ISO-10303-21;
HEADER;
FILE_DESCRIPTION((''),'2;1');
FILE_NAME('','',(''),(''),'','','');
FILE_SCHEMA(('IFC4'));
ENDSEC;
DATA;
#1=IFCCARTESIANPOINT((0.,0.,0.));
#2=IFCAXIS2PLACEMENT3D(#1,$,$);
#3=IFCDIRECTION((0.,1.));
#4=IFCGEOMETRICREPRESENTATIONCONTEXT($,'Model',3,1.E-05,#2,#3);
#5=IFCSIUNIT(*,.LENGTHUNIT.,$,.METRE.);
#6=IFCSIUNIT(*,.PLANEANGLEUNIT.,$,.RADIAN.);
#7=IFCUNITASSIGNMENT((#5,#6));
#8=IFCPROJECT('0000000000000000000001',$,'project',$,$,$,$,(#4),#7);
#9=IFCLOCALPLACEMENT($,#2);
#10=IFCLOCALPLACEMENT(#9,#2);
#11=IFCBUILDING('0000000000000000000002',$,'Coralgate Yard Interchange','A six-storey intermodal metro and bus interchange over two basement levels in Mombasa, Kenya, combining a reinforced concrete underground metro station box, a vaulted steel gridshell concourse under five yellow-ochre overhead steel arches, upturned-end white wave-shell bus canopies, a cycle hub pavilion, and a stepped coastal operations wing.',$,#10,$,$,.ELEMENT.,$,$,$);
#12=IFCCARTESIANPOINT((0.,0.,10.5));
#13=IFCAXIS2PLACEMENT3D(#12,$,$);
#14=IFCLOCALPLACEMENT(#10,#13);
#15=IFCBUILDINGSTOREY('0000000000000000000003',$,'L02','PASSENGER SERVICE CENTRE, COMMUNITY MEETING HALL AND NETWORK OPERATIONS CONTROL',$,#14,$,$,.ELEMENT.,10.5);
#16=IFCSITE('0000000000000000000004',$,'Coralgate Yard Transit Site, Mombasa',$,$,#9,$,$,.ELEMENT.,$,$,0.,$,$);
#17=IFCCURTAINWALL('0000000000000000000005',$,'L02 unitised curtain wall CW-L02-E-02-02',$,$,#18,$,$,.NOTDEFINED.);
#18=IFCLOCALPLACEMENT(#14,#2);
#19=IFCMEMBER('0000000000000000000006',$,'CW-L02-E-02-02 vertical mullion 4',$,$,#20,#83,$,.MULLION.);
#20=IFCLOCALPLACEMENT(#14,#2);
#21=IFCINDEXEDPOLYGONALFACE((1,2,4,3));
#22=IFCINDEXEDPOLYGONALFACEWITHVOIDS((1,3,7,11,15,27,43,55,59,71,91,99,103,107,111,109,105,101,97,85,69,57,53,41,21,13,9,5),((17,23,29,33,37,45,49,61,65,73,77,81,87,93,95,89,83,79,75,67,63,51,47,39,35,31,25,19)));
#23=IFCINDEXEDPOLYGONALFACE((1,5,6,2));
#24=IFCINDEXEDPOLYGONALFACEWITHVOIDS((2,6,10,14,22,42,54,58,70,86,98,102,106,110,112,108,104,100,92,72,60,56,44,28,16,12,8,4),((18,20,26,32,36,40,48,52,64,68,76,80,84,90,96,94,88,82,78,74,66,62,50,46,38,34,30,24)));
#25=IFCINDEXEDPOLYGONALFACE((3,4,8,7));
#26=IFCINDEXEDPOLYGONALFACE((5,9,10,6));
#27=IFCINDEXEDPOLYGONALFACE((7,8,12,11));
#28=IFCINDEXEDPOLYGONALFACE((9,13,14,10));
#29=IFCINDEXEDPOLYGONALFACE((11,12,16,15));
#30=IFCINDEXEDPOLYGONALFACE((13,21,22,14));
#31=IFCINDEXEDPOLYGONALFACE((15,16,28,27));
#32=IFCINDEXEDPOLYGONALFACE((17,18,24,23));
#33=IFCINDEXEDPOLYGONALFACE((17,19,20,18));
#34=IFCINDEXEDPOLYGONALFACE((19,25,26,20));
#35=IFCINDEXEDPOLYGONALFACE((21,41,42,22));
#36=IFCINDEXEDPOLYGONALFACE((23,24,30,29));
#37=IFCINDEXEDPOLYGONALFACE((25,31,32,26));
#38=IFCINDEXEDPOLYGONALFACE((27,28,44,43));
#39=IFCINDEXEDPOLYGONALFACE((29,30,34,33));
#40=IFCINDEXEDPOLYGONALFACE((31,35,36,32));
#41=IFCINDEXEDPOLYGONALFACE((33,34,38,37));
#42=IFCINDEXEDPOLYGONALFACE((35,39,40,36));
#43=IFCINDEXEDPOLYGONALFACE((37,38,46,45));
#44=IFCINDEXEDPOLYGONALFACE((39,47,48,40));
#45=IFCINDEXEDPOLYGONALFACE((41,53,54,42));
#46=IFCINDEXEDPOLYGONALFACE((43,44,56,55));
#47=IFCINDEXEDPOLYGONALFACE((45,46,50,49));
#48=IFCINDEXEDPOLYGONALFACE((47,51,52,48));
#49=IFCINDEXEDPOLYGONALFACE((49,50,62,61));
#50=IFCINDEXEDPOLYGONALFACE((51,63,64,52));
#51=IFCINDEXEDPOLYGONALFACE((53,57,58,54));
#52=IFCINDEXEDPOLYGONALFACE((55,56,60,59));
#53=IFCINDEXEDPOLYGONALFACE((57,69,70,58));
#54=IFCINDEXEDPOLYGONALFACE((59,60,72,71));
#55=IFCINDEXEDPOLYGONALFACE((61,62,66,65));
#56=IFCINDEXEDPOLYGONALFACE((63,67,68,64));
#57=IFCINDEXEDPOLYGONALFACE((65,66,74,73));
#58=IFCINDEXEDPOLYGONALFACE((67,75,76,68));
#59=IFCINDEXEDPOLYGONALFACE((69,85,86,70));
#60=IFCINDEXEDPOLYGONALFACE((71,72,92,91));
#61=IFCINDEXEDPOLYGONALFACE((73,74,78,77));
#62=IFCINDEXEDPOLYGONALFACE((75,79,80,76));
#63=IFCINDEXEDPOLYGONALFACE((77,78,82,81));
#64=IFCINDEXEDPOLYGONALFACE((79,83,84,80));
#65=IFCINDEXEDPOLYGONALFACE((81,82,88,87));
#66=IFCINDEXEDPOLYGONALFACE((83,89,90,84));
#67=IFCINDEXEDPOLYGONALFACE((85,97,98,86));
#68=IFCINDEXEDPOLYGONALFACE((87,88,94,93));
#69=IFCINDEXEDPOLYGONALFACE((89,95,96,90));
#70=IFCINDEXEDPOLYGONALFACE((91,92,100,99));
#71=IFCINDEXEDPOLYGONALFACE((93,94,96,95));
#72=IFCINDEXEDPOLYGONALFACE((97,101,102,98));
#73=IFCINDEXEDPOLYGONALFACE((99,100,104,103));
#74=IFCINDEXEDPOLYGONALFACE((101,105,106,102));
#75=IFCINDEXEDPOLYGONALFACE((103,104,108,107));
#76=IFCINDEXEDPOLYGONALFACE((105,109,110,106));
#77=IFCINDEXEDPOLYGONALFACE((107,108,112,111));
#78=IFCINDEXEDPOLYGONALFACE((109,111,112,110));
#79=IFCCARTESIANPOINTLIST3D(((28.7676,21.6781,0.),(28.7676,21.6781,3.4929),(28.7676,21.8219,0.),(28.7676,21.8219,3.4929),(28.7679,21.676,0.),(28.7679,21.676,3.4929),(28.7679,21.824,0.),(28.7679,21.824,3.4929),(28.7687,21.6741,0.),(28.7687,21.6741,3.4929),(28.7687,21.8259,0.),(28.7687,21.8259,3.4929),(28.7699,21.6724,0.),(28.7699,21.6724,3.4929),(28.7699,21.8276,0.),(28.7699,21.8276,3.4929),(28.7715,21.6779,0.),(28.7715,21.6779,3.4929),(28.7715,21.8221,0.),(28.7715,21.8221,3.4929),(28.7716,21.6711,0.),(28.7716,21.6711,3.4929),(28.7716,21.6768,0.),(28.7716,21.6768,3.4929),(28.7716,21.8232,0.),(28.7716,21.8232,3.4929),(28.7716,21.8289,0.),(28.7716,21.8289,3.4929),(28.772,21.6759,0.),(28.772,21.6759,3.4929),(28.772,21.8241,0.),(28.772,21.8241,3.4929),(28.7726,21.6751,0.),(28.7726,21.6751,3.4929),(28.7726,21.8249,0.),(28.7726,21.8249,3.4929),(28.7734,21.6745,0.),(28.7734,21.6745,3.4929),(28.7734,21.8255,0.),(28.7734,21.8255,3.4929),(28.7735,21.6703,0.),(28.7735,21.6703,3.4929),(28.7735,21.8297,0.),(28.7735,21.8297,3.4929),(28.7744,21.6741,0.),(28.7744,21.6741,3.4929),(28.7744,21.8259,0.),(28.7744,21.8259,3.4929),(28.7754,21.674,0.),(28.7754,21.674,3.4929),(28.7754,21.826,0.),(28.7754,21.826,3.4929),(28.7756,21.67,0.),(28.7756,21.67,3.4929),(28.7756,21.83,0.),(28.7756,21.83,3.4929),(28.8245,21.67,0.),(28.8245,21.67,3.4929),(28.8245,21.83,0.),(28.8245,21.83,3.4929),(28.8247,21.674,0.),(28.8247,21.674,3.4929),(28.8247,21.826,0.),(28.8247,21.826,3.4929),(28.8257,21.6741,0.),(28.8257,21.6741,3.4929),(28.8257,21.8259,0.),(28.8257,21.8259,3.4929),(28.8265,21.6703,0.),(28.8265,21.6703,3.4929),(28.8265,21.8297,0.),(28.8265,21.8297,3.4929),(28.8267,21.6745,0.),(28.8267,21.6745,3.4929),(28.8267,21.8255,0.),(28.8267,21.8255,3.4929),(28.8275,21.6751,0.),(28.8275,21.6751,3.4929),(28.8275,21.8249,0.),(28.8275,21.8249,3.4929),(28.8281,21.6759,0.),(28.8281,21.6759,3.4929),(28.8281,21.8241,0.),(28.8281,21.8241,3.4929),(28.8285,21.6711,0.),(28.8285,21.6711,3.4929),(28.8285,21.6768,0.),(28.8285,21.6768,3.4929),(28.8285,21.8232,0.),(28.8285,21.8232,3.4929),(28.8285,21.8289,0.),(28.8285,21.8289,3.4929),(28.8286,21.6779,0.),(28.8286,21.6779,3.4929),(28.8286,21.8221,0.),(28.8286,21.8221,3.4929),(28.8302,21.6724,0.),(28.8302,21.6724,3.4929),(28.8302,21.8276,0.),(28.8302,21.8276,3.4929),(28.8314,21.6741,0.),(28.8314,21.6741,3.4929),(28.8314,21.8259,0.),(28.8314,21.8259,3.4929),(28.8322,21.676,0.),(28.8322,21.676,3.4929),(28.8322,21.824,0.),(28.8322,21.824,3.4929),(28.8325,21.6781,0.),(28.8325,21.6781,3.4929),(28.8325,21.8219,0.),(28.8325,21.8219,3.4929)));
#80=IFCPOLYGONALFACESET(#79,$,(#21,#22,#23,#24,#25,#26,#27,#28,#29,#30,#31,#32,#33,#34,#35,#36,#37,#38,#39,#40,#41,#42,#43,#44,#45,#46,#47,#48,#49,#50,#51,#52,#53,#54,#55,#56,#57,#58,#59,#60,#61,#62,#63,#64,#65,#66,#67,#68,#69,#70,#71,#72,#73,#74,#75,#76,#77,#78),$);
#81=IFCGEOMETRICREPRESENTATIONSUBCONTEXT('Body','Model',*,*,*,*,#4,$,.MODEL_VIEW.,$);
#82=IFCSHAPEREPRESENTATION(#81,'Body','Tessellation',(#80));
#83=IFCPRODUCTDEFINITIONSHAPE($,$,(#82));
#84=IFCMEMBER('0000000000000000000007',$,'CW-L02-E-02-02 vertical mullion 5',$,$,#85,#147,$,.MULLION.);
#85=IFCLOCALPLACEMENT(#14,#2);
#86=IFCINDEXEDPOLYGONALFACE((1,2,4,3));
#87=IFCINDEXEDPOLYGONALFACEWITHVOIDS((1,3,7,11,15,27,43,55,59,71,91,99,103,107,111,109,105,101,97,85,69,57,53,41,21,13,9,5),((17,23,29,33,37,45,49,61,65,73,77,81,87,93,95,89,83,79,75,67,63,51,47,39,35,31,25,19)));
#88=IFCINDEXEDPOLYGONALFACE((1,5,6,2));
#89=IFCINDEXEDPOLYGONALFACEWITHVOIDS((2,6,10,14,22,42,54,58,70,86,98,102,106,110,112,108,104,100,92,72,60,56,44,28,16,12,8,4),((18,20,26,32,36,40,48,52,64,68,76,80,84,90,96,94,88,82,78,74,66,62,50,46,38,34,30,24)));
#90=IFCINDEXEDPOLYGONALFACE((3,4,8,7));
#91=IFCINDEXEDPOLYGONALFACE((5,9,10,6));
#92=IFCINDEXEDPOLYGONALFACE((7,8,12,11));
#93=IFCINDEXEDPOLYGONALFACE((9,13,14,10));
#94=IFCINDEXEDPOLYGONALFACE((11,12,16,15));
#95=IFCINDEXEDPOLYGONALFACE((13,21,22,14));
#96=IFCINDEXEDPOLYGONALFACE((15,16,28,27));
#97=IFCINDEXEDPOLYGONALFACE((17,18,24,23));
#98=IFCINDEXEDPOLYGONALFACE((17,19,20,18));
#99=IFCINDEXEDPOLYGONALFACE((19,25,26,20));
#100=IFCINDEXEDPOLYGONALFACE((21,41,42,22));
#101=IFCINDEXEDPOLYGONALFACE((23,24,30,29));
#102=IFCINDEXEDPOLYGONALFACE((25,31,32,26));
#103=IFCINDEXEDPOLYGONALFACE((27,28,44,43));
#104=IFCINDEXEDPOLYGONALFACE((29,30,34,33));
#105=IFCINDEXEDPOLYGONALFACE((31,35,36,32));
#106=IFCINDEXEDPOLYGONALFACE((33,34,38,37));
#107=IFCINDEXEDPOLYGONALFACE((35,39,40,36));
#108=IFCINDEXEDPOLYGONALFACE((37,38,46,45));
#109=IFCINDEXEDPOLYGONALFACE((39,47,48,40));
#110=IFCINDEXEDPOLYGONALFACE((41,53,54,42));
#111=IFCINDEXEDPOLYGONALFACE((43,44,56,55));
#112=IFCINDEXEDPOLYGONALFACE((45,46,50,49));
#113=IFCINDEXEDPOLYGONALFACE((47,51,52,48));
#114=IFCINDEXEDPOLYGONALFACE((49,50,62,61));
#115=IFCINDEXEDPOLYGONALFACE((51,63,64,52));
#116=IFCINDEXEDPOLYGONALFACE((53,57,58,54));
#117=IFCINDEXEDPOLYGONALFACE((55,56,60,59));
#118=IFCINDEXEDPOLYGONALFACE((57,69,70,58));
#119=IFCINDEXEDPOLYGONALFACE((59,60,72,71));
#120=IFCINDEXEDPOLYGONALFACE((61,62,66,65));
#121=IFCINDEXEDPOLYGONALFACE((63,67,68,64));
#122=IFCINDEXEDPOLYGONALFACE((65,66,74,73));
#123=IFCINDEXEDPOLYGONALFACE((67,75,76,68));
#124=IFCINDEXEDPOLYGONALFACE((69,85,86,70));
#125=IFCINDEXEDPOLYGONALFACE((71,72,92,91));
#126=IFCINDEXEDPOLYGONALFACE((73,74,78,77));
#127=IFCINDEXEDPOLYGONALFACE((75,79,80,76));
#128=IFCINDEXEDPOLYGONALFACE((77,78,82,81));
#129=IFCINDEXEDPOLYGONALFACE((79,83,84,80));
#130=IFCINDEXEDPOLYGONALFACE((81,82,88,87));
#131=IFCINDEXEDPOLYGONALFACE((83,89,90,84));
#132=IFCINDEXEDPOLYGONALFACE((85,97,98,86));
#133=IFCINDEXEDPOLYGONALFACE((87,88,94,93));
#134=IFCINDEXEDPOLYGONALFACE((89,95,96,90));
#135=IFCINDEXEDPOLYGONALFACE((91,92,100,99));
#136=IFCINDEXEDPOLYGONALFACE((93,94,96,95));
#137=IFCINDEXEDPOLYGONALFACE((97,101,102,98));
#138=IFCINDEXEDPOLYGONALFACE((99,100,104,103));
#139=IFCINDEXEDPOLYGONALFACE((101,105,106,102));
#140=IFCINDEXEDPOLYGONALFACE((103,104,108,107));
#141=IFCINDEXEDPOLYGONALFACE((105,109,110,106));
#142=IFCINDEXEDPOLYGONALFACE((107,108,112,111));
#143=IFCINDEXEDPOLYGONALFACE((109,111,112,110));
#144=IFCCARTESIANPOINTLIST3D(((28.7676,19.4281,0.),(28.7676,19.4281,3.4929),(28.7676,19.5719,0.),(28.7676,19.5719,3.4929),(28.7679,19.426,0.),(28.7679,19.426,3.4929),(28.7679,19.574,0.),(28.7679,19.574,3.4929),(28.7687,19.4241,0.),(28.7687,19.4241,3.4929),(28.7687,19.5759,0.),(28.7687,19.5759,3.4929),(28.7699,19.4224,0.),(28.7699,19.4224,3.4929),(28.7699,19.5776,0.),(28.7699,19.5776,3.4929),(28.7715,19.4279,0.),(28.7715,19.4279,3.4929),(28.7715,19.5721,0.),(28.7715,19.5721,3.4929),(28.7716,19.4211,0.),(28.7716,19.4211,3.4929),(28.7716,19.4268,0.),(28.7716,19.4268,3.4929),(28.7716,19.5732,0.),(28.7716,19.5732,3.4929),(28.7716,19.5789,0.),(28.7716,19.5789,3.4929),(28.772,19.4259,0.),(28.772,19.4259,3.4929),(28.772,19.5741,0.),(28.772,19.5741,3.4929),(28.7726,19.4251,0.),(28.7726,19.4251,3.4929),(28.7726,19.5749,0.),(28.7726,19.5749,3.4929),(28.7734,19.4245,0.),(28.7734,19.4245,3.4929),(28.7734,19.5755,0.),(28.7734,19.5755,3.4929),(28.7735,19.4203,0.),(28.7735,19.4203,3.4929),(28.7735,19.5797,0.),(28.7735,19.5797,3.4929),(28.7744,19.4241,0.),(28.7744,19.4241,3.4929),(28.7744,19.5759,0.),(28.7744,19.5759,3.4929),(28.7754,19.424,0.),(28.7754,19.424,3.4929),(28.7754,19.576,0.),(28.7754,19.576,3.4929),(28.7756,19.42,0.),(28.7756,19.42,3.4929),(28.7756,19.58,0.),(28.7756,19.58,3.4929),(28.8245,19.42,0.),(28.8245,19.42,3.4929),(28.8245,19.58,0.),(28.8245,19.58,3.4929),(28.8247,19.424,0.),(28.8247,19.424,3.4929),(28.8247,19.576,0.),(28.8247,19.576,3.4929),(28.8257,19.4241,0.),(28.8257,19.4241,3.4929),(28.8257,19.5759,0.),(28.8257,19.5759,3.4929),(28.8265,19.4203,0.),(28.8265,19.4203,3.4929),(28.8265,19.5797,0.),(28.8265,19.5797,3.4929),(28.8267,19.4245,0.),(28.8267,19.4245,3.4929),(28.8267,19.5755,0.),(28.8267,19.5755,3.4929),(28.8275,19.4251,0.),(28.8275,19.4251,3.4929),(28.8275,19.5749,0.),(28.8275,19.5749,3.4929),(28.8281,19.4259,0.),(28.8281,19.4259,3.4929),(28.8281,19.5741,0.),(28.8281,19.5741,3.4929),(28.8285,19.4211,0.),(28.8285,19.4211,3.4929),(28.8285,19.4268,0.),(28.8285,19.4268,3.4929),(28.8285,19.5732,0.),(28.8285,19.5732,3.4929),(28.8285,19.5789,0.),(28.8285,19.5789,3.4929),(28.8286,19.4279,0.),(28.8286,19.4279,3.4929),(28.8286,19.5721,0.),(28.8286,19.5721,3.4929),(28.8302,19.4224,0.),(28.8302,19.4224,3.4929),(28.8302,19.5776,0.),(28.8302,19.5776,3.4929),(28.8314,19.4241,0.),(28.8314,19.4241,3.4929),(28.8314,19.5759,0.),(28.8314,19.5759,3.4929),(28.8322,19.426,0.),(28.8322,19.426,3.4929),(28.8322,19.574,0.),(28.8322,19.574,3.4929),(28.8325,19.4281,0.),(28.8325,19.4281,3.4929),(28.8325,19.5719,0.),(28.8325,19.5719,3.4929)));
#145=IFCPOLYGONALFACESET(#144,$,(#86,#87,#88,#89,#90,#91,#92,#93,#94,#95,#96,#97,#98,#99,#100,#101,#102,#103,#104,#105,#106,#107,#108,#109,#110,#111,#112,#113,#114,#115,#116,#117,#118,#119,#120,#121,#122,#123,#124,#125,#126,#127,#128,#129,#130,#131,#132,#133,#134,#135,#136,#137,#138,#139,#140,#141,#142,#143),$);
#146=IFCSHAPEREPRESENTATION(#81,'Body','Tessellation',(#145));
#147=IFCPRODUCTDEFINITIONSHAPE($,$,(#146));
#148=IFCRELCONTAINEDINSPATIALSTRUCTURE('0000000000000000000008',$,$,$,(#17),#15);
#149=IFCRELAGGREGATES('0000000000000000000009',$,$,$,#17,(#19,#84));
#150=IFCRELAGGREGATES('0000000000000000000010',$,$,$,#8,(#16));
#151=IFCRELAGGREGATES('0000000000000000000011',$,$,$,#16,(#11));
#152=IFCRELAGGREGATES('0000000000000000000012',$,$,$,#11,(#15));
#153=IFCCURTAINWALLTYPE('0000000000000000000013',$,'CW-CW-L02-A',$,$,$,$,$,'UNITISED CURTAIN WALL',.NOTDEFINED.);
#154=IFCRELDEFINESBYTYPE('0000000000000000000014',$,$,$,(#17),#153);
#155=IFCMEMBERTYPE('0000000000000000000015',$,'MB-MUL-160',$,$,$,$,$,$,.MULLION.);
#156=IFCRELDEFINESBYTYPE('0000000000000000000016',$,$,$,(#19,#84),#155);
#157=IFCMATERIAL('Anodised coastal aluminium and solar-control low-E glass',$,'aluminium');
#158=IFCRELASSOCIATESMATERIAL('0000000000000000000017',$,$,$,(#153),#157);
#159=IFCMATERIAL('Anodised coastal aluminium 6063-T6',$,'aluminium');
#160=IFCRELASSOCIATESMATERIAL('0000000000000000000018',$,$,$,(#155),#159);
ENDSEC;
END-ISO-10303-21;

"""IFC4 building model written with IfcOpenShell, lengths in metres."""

from ifc_helpers import new_model, si_unit, direction, frame, origin, origin_2d, place, context, subcontext, project, spatial, hollow_rectangle, extrude, material, material_profile, profile_set, type_object, element, aggregate, save


model = new_model("IFC4")

# Units and contexts
model_context = context("Model", 3, precision=1e-05, world=origin(), true_north=direction((0.0, 1.0)))
body_context = subcontext(model_context, "Body", "Model", "MODEL_VIEW")
ifc_project = project(units=[si_unit("LENGTHUNIT", "METRE"), si_unit("PLANEANGLEUNIT", "RADIAN")], contexts=[model_context])

# Site, building, storey
site_placement = place(None, origin())
site = spatial("IfcSite", under=ifc_project, at=site_placement, Name="Coralgate Yard Transit Site, Mombasa", CompositionType="ELEMENT", RefElevation=0.0)
building_placement = place(site_placement, origin())
building = spatial("IfcBuilding", under=site, at=building_placement, Name="Coralgate Yard Interchange", Description="A six-storey intermodal metro and bus interchange over two basement levels in Mombasa, Kenya, combining a reinforced concrete underground metro station box, a vaulted steel gridshell concourse under five yellow-ochre overhead steel arches, upturned-end white wave-shell bus canopies, a cycle hub pavilion, and a stepped coastal operations wing.", CompositionType="ELEMENT")
storey_placement = place(building_placement, frame((0.0, 0.0, 10.5)))
storey = spatial("IfcBuildingStorey", under=building, at=storey_placement, Name="L02", Description="PASSENGER SERVICE CENTRE, COMMUNITY MEETING HALL AND NETWORK OPERATIONS CONTROL", CompositionType="ELEMENT", Elevation=10.5)

# Curtain wall, members
ifc_material_1 = material(Name="Anodised coastal aluminium and solar-control low-E glass", Category="aluminium")
curtain_wall_type = type_object("IfcCurtainWallType", Name="CW-CW-L02-A", ElementType="UNITISED CURTAIN WALL", PredefinedType="NOTDEFINED", material=ifc_material_1)
curtain_wall_placement = place(storey_placement, origin())
curtain_wall = element("IfcCurtainWall", 1, at=curtain_wall_placement, inside=storey, type_object=curtain_wall_type, Name="L02 unitised curtain wall CW-L02-E-02-02", PredefinedType="NOTDEFINED")
ifc_material_2 = material(Name="Anodised coastal aluminium 6063-T6", Category="aluminium")
ifc_material_profile_1 = material_profile(ifc_material_2, hollow_rectangle(XDim=0.0649, YDim=0.1599, WallThickness=0.0039, InnerFilletRadius=0.0039, OuterFilletRadius=0.0081, at=origin_2d()), Name="ALU 65x160x4")
ifc_profile_set_1 = profile_set([ifc_material_profile_1], Name="Anodised coastal aluminium 6063-T6")
member_type_1 = type_object("IfcMemberType", Name="MB-MUL-160", PredefinedType="MULLION", material=ifc_profile_set_1)
member_1_placement = place(storey_placement, frame((28.8, 21.75, 0.0), z_axis=(0.0, 0.0, 1.0), x_axis=(1.0, 0.0, 0.0)))
member_1 = element("IfcMember", 2, at=member_1_placement, type_object=member_type_1, Name="CW-L02-E-02-02 vertical mullion 4", PredefinedType="MULLION", context=body_context, shape_type="SweptSolid", body=[
    extrude(hollow_rectangle(XDim=0.0649, YDim=0.1599, WallThickness=0.0039, InnerFilletRadius=0.0039, OuterFilletRadius=0.0081, at=origin_2d()), origin(), (0.0, 0.0, 1.0), 3.4929),
])
member_2_placement = place(storey_placement, frame((28.8, 19.5, 0.0), z_axis=(0.0, 0.0, 1.0), x_axis=(1.0, 0.0, 0.0)))
member_2 = element("IfcMember", 3, at=member_2_placement, type_object=member_type_1, Name="CW-L02-E-02-02 vertical mullion 5", PredefinedType="MULLION", context=body_context, shape_type="SweptSolid", body=[
    extrude(hollow_rectangle(XDim=0.0649, YDim=0.1599, WallThickness=0.0039, InnerFilletRadius=0.0039, OuterFilletRadius=0.0081, at=origin_2d()), origin(), (0.0, 0.0, 1.0), 3.4929),
])
aggregate(curtain_wall, [member_1, member_2])

save(model, "model.ifc")
